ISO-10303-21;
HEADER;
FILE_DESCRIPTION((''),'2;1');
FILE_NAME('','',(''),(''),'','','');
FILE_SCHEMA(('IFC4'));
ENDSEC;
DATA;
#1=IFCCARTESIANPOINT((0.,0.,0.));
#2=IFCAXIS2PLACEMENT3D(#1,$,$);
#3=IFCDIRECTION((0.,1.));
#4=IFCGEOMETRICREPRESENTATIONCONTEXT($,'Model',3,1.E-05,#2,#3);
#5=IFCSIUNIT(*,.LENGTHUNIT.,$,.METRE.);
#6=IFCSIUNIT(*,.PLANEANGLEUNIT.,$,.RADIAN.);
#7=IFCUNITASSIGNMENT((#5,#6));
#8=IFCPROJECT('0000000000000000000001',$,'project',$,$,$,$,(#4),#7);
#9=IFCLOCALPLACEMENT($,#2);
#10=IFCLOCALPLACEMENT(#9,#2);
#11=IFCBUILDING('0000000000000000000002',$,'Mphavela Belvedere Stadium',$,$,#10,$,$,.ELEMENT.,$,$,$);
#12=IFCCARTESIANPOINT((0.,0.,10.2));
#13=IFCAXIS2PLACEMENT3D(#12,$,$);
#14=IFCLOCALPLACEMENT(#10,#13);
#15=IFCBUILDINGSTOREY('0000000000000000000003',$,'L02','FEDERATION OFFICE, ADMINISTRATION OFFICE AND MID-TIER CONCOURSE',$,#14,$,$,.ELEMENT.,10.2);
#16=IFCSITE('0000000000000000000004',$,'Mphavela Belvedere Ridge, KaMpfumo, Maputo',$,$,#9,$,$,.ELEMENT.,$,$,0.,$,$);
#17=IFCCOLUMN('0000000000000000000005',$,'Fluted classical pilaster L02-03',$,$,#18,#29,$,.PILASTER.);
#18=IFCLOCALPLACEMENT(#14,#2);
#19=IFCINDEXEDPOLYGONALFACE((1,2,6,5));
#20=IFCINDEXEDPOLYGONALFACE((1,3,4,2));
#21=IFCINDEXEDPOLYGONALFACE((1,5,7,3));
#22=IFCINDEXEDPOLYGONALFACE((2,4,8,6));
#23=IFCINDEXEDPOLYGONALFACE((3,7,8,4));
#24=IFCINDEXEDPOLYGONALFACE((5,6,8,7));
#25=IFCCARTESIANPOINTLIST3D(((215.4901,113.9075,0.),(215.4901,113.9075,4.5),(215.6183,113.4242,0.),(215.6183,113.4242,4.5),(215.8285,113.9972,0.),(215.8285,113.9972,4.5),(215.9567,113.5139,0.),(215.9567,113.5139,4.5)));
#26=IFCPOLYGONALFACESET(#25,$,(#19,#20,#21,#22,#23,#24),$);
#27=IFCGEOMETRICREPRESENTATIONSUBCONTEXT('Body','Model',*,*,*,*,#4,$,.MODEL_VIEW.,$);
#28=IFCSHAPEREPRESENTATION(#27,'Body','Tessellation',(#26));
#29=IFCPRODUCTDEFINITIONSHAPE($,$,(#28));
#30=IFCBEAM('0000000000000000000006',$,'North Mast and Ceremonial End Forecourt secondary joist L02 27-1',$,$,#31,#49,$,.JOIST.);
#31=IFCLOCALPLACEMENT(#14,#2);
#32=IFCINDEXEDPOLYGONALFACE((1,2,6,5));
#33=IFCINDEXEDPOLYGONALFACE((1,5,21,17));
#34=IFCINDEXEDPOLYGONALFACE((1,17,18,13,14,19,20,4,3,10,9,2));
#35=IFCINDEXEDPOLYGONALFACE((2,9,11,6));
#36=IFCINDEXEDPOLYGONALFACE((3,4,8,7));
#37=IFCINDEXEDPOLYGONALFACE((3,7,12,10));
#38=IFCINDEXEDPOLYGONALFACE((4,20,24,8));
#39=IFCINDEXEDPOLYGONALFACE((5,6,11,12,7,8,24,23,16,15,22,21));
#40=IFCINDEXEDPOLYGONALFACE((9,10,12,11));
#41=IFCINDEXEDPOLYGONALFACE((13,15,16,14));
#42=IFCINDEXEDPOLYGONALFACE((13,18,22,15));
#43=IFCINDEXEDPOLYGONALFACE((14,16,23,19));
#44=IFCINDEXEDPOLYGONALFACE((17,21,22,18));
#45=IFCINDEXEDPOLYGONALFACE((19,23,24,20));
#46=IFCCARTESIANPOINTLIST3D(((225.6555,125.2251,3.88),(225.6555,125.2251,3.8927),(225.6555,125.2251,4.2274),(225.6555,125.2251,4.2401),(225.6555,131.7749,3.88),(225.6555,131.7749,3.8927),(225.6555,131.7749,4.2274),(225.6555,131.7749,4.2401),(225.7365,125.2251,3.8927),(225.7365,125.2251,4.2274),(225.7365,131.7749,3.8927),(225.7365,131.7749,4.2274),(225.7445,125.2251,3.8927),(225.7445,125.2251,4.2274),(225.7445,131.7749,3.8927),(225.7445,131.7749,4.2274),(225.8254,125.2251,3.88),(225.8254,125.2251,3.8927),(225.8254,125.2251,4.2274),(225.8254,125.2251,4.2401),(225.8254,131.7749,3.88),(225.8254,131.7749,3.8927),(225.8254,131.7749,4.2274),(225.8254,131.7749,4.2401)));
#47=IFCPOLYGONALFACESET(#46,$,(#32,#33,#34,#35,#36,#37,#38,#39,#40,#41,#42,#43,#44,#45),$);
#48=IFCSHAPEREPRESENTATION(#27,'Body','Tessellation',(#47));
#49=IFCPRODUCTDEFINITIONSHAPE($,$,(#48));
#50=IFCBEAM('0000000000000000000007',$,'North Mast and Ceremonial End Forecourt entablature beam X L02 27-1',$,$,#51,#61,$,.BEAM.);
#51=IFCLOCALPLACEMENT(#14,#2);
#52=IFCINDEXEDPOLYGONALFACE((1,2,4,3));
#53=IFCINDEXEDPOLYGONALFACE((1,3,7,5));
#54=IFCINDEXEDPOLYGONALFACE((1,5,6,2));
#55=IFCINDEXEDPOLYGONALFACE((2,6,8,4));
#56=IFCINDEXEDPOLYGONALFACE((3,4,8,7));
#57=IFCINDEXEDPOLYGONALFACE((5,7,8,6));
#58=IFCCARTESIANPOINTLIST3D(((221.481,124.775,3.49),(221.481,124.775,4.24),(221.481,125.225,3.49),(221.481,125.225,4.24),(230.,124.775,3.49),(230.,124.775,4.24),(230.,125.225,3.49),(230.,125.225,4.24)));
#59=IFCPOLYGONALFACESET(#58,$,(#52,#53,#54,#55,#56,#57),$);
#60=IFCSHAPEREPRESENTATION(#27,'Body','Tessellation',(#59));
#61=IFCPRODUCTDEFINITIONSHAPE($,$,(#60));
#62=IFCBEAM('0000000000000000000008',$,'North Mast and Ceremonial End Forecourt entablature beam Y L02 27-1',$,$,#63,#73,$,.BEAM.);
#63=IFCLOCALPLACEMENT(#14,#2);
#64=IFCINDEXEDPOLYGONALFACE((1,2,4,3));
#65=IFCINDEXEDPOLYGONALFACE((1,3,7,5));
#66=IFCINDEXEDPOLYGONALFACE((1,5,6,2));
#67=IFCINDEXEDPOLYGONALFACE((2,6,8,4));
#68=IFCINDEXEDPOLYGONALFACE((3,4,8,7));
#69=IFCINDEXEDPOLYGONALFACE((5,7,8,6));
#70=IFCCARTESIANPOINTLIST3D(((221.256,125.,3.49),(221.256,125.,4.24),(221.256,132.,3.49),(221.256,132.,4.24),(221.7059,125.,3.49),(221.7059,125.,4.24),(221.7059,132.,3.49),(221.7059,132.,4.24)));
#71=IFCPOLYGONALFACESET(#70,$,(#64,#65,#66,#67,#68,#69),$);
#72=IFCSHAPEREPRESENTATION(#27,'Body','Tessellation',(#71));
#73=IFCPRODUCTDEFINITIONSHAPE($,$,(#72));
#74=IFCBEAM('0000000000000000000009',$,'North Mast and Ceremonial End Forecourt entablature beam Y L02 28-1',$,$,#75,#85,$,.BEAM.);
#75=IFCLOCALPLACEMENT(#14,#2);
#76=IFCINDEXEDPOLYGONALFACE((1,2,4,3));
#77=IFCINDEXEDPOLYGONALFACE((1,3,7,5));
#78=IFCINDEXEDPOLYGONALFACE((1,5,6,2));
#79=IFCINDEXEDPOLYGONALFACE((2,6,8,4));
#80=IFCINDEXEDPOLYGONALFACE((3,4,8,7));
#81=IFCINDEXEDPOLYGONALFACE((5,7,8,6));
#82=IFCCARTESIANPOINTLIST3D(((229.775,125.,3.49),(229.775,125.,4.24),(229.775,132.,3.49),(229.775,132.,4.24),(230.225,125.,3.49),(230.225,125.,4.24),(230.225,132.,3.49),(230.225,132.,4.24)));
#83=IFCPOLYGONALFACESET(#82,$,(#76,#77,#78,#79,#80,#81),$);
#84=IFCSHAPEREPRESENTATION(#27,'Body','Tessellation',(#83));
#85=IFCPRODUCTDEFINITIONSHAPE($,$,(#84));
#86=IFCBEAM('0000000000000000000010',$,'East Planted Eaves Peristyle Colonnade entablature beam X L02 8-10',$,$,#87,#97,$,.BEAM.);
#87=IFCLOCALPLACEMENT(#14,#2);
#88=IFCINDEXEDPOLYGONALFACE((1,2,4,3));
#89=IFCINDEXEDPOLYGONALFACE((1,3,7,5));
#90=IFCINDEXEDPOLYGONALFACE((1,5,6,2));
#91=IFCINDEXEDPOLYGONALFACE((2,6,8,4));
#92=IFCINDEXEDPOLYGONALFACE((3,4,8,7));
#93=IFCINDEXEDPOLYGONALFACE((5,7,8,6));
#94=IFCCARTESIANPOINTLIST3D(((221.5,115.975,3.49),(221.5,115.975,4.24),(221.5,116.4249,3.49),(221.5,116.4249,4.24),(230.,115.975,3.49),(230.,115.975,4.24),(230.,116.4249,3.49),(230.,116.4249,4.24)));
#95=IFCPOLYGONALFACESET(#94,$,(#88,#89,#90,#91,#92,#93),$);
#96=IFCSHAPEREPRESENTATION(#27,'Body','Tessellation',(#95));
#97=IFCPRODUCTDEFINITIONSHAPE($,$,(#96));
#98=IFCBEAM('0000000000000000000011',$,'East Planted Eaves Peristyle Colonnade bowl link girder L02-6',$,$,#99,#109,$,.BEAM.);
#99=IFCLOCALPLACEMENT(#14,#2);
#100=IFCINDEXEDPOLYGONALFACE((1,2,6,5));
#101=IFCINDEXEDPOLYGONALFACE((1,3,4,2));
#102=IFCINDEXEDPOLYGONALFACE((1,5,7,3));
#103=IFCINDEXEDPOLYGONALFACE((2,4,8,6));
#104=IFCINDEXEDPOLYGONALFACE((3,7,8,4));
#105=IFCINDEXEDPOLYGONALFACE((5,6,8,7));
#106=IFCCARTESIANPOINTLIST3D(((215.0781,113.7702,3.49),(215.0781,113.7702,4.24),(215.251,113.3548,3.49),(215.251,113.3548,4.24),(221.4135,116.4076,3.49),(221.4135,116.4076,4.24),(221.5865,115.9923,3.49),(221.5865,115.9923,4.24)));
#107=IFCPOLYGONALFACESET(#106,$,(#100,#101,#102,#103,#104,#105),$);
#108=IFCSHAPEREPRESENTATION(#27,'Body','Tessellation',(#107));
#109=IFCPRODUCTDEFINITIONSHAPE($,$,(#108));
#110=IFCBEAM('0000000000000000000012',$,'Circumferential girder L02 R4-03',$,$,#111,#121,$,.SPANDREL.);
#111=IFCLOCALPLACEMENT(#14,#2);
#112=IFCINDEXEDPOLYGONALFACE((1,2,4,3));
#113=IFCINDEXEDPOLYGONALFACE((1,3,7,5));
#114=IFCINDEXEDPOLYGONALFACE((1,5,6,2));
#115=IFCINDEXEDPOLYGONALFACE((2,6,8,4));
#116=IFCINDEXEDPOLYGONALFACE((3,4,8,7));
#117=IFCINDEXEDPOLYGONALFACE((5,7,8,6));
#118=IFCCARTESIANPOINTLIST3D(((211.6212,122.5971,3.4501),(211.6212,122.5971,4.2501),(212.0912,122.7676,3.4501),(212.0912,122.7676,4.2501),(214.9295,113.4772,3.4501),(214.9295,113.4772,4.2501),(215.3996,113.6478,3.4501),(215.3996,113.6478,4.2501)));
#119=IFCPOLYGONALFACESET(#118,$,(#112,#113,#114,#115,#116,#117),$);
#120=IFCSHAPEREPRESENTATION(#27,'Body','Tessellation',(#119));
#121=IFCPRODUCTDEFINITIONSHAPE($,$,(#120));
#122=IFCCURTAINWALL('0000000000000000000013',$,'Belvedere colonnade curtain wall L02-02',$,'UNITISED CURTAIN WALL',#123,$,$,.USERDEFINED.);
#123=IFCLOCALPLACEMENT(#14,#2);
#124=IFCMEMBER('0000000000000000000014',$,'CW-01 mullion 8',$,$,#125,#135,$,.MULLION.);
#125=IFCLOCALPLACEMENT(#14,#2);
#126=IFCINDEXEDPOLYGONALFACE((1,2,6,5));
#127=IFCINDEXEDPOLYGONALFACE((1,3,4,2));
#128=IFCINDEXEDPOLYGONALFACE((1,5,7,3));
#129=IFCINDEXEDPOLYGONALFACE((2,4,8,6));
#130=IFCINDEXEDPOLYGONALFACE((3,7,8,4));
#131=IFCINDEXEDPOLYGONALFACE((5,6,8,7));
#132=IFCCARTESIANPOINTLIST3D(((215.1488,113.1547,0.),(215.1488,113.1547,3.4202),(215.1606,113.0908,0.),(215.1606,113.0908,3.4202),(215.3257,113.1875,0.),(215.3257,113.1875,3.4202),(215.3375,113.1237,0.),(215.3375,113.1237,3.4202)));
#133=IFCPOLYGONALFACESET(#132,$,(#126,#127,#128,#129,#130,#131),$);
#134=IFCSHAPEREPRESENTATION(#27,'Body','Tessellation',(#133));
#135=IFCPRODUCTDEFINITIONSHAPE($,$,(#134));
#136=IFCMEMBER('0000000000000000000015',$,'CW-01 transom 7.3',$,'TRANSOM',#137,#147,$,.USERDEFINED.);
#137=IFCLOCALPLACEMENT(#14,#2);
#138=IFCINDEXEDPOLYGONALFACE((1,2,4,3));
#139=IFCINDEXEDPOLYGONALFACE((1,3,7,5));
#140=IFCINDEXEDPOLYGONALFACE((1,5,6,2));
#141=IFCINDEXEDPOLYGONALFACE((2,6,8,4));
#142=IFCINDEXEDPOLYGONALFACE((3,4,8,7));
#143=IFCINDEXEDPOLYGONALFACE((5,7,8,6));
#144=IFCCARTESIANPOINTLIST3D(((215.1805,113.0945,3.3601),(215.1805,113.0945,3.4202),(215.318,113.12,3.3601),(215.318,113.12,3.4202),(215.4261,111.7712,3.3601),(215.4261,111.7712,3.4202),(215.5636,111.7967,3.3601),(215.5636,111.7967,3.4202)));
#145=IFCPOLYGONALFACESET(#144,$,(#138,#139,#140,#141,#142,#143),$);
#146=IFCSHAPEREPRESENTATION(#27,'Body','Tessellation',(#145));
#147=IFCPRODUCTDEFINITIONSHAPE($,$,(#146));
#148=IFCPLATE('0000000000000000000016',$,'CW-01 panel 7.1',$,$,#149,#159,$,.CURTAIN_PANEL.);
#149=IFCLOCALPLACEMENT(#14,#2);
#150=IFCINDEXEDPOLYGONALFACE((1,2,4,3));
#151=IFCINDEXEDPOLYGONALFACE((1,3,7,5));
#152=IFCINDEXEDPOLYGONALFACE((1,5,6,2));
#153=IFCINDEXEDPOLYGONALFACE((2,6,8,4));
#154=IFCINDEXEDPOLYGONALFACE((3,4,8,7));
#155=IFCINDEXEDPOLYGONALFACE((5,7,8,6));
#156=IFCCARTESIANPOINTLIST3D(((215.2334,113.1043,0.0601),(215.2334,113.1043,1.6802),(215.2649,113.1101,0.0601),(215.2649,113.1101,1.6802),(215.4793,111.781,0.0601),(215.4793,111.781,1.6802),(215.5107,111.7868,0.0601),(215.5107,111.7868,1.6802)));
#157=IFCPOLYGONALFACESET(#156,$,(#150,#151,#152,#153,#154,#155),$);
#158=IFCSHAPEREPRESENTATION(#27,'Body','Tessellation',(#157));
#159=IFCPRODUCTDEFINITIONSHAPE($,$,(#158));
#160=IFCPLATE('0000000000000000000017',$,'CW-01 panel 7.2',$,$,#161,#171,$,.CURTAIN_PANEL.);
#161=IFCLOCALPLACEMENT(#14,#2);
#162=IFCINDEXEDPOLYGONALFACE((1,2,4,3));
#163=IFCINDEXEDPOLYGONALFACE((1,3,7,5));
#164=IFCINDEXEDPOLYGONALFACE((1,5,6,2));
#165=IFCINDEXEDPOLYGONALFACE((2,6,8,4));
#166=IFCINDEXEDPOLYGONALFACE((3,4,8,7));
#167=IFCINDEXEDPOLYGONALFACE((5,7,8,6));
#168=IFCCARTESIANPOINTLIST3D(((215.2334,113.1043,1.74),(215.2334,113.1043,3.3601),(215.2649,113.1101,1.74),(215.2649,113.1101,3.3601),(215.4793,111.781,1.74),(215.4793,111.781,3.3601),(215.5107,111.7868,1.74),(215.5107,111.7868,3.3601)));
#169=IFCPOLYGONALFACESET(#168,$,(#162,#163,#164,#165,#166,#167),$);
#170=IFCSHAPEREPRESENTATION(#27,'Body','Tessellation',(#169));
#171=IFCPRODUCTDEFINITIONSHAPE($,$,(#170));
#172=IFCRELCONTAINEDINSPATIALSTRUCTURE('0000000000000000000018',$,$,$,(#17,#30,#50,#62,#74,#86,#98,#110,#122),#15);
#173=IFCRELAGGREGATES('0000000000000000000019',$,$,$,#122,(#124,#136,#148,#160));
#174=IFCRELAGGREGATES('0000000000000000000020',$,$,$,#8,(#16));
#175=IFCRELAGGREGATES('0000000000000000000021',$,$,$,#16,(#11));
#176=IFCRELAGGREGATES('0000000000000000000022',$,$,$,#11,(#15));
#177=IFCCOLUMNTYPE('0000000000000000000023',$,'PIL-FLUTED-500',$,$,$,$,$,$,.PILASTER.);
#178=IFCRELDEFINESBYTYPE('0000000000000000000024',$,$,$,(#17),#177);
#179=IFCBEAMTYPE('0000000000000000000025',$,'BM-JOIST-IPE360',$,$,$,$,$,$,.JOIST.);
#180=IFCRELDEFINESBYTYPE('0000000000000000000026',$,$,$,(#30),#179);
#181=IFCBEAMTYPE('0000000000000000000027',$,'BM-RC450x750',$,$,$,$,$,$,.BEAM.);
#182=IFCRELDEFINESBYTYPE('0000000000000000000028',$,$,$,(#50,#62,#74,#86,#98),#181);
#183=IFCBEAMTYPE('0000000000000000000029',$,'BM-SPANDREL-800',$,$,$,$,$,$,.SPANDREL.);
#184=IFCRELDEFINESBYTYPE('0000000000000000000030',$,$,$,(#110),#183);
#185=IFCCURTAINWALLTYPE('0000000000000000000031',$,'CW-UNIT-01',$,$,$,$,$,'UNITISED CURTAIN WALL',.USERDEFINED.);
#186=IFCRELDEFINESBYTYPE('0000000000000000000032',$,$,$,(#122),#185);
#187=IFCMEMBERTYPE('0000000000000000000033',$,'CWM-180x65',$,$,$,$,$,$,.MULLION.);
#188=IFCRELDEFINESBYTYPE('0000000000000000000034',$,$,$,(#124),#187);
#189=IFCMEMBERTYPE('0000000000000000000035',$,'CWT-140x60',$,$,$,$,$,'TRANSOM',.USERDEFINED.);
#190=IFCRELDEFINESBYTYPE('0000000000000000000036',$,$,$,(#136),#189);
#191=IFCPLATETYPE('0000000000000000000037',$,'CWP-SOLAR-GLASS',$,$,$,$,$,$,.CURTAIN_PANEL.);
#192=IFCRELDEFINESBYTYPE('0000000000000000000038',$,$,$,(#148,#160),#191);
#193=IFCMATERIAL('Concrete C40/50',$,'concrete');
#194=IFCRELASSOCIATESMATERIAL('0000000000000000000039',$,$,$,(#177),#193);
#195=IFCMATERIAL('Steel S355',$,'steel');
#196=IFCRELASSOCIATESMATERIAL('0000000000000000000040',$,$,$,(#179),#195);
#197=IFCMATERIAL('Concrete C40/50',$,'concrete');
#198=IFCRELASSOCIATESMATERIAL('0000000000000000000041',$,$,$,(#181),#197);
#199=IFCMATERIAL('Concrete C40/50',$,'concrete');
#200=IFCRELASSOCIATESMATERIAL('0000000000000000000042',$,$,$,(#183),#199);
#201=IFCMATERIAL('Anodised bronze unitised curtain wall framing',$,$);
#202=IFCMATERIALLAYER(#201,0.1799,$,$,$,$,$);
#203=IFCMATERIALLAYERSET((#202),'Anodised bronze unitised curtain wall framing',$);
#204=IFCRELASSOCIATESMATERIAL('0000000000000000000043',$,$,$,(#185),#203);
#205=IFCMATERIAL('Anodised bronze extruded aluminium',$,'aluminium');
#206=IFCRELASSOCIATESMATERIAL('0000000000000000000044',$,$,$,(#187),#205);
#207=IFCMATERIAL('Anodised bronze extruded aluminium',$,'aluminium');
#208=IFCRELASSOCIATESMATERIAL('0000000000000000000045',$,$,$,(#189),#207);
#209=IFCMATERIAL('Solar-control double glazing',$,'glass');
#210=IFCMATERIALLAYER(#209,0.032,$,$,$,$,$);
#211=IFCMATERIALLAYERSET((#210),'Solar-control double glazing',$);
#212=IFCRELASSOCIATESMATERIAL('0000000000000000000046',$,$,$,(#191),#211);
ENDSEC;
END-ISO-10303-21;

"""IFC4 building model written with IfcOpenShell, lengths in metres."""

from ifc_helpers import new_model, si_unit, direction, frame, origin, origin_2d, place, context, subcontext, project, spatial, rectangle, i_section, extrude, material, layer, layer_set, material_profile, profile_set, type_object, element, aggregate, save


model = new_model("IFC4")

# Units and contexts
model_context = context("Model", 3, precision=1e-05, world=origin(), true_north=direction((0.0, 1.0)))
body_context = subcontext(model_context, "Body", "Model", "MODEL_VIEW")
ifc_project = project(units=[si_unit("LENGTHUNIT", "METRE"), si_unit("PLANEANGLEUNIT", "RADIAN")], contexts=[model_context])

# Site, building, storey
site_placement = place(None, origin())
site = spatial("IfcSite", under=ifc_project, at=site_placement, Name="Mphavela Belvedere Ridge, KaMpfumo, Maputo", CompositionType="ELEMENT", RefElevation=0.0)
building_placement = place(site_placement, origin())
building = spatial("IfcBuilding", under=site, at=building_placement, Name="Mphavela Belvedere Stadium", CompositionType="ELEMENT")
storey_placement = place(building_placement, frame((0.0, 0.0, 10.2)))
storey = spatial("IfcBuildingStorey", under=building, at=storey_placement, Name="L02", Description="FEDERATION OFFICE, ADMINISTRATION OFFICE AND MID-TIER CONCOURSE", CompositionType="ELEMENT", Elevation=10.2)

# Column
ifc_material_1 = material(Name="Concrete C40/50", Category="concrete")
ifc_material_profile_1 = material_profile(ifc_material_1, rectangle(XDim=0.5, YDim=0.3501, at=origin_2d()), Name="PIL 500x350")
ifc_profile_set_1 = profile_set([ifc_material_profile_1], Name="Concrete C40/50")
column_type_1 = type_object("IfcColumnType", Name="PIL-FLUTED-500", PredefinedType="PILASTER", material=ifc_profile_set_1)
column_1_placement = place(storey_placement, frame((215.7234, 113.7107, 0.0), z_axis=(0.0, 0.0, 1.0), x_axis=(-0.256289, 0.9666, 0.0)))
element("IfcColumn", 1, at=column_1_placement, inside=storey, type_object=column_type_1, Name="Fluted classical pilaster L02-03", PredefinedType="PILASTER", context=body_context, shape_type="SweptSolid", body=[
    extrude(rectangle(XDim=0.5, YDim=0.3501, at=origin_2d()), origin(), (0.0, 0.0, 1.0), 4.5),
])

# Beams
ifc_material_2 = material(Name="Steel S355", Category="steel")
ifc_material_profile_2 = material_profile(ifc_material_2, i_section(OverallWidth=0.1699, OverallDepth=0.3601, WebThickness=0.0081, FlangeThickness=0.0127, at=origin_2d()), Name="IPE 360")
ifc_profile_set_2 = profile_set([ifc_material_profile_2], Name="Steel S355")
beam_type_1 = type_object("IfcBeamType", Name="BM-JOIST-IPE360", PredefinedType="JOIST", material=ifc_profile_set_2)
beam_1_placement = place(storey_placement, frame((225.7405, 125.2251, 4.0601), z_axis=(0.0, 1.0, 0.0), x_axis=(-1.0, 0.0, 0.0)))
element("IfcBeam", 2, at=beam_1_placement, inside=storey, type_object=beam_type_1, Name="North Mast and Ceremonial End Forecourt secondary joist L02 27-1", PredefinedType="JOIST", context=body_context, shape_type="SweptSolid", body=[
    extrude(i_section(OverallWidth=0.1699, OverallDepth=0.3601, WebThickness=0.0081, FlangeThickness=0.0127, at=origin_2d()), origin(), (0.0, 0.0, 1.0), 6.5498),
])
ifc_material_3 = material(Name="Concrete C40/50", Category="concrete")
ifc_material_profile_3 = material_profile(ifc_material_3, rectangle(XDim=0.45, YDim=0.75, at=origin_2d()), Name="RC 450x750")
ifc_profile_set_3 = profile_set([ifc_material_profile_3], Name="Concrete C40/50")
beam_type_2 = type_object("IfcBeamType", Name="BM-RC450x750", PredefinedType="BEAM", material=ifc_profile_set_3)
beam_2_placement = place(storey_placement, frame((221.481, 125.0, 3.865), z_axis=(1.0, 0.0, 0.0), x_axis=(0.0, 1.0, 0.0)))
element("IfcBeam", 3, at=beam_2_placement, inside=storey, type_object=beam_type_2, Name="North Mast and Ceremonial End Forecourt entablature beam X L02 27-1", PredefinedType="BEAM", context=body_context, shape_type="SweptSolid", body=[
    extrude(rectangle(XDim=0.45, YDim=0.75, at=origin_2d()), origin(), (0.0, 0.0, 1.0), 8.519),
])
for number, where, z_axis, x_axis, name in (
    (4, (221.481, 125.0, 3.865), (0.0, 1.0, 0.0), (-1.0, 0.0, 0.0), "North Mast and Ceremonial End Forecourt entablature beam Y L02 27-1"),
    (5, (230.0, 125.0, 3.865), (0.0, 1.0, 0.0), (-1.0, 0.0, 0.0), "North Mast and Ceremonial End Forecourt entablature beam Y L02 28-1"),
):
    element("IfcBeam", number, at=place(storey_placement, frame(where, z_axis=z_axis, x_axis=x_axis)), inside=storey, type_object=beam_type_2, Name=name, PredefinedType="BEAM", context=body_context, shape_type="SweptSolid", body=[
        extrude(rectangle(XDim=0.45, YDim=0.75, at=origin_2d()), origin(), (0.0, 0.0, 1.0), 7.0),
    ])
beam_3_placement = place(storey_placement, frame((221.5, 116.2, 3.865), z_axis=(1.0, 0.0, 0.0), x_axis=(0.0, 1.0, 0.0)))
element("IfcBeam", 6, at=beam_3_placement, inside=storey, type_object=beam_type_2, Name="East Planted Eaves Peristyle Colonnade entablature beam X L02 8-10", PredefinedType="BEAM", context=body_context, shape_type="SweptSolid", body=[
    extrude(rectangle(XDim=0.45, YDim=0.75, at=origin_2d()), origin(), (0.0, 0.0, 1.0), 8.5),
])
beam_4_placement = place(storey_placement, frame((221.5, 116.2, 3.865), z_axis=(-0.923197, -0.384327, 0.0), x_axis=(0.384327, -0.923197, 0.0)))
element("IfcBeam", 7, at=beam_4_placement, inside=storey, type_object=beam_type_2, Name="East Planted Eaves Peristyle Colonnade bowl link girder L02-6", PredefinedType="BEAM", context=body_context, shape_type="SweptSolid", body=[
    extrude(rectangle(XDim=0.45, YDim=0.75, at=origin_2d()), origin(), (0.0, 0.0, 1.0), 6.8625),
])
ifc_material_4 = material(Name="Concrete C40/50", Category="concrete")
ifc_material_profile_4 = material_profile(ifc_material_4, rectangle(XDim=0.5, YDim=0.8, at=origin_2d()), Name="RC 500x800")
ifc_profile_set_4 = profile_set([ifc_material_profile_4], Name="Concrete C40/50")
beam_type_3 = type_object("IfcBeamType", Name="BM-SPANDREL-800", PredefinedType="SPANDREL", material=ifc_profile_set_4)
beam_5_placement = place(storey_placement, frame((215.1646, 113.5625, 3.8501), z_axis=(-0.341018, 0.940057, 0.0), x_axis=(-0.940057, -0.341018, 0.0)))
element("IfcBeam", 8, at=beam_5_placement, inside=storey, type_object=beam_type_3, Name="Circumferential girder L02 R4-03", PredefinedType="SPANDREL", context=body_context, shape_type="SweptSolid", body=[
    extrude(rectangle(XDim=0.5, YDim=0.8, at=origin_2d()), origin(), (0.0, 0.0, 1.0), 9.7014),
])

# Curtain wall, members, plates
ifc_material_5 = material(Name="Anodised bronze unitised curtain wall framing")
ifc_layer_1 = layer(ifc_material_5, 0.1799)
ifc_layer_set_1 = layer_set([ifc_layer_1], Name="Anodised bronze unitised curtain wall framing")
curtain_wall_type = type_object("IfcCurtainWallType", Name="CW-UNIT-01", ElementType="UNITISED CURTAIN WALL", PredefinedType="USERDEFINED", material=ifc_layer_set_1)
curtain_wall_placement = place(storey_placement, origin())
curtain_wall = element("IfcCurtainWall", 9, at=curtain_wall_placement, inside=storey, type_object=curtain_wall_type, Name="Belvedere colonnade curtain wall L02-02", ObjectType="UNITISED CURTAIN WALL", PredefinedType="USERDEFINED")
ifc_material_6 = material(Name="Anodised bronze extruded aluminium", Category="aluminium")
ifc_material_profile_5 = material_profile(ifc_material_6, rectangle(XDim=0.1799, YDim=0.0649, at=origin_2d()), Name="CW-MUL 180x65")
ifc_profile_set_5 = profile_set([ifc_material_profile_5], Name="Anodised bronze extruded aluminium")
member_type_1 = type_object("IfcMemberType", Name="CWM-180x65", PredefinedType="MULLION", material=ifc_profile_set_5)
member_1_placement = place(storey_placement, frame((215.2432, 113.1392, 0.0), z_axis=(0.0, 0.0, 1.0), x_axis=(-0.983183, -0.182625, 0.0)))
member_1 = element("IfcMember", 10, at=member_1_placement, type_object=member_type_1, Name="CW-01 mullion 8", PredefinedType="MULLION", context=body_context, shape_type="SweptSolid", body=[
    extrude(rectangle(XDim=0.1799, YDim=0.0649, at=origin_2d()), origin(), (0.0, 0.0, 1.0), 3.4202),
])
ifc_material_7 = material(Name="Anodised bronze extruded aluminium", Category="aluminium")
ifc_material_profile_6 = material_profile(ifc_material_7, rectangle(XDim=0.1399, YDim=0.0601, at=origin_2d()), Name="CW-TRN 140x60")
ifc_profile_set_6 = profile_set([ifc_material_profile_6], Name="Anodised bronze extruded aluminium")
member_type_2 = type_object("IfcMemberType", Name="CWT-140x60", ElementType="TRANSOM", PredefinedType="USERDEFINED", material=ifc_profile_set_6)
member_2_placement = place(storey_placement, frame((215.4949, 111.7839, 3.3901), z_axis=(-0.182492, 0.983207, 0.0), x_axis=(-0.983207, -0.182492, 0.0)))
member_2 = element("IfcMember", 11, at=member_2_placement, type_object=member_type_2, Name="CW-01 transom 7.3", ObjectType="TRANSOM", PredefinedType="USERDEFINED", context=body_context, shape_type="SweptSolid", body=[
    extrude(rectangle(XDim=0.1399, YDim=0.0601, at=origin_2d()), origin(), (0.0, 0.0, 1.0), 1.3459),
])
ifc_material_8 = material(Name="Solar-control double glazing", Category="glass")
ifc_layer_2 = layer(ifc_material_8, 0.032)
ifc_layer_set_2 = layer_set([ifc_layer_2], Name="Solar-control double glazing")
plate_type = type_object("IfcPlateType", Name="CWP-SOLAR-GLASS", PredefinedType="CURTAIN_PANEL", material=ifc_layer_set_2)
plate_1_placement = place(storey_placement, frame((215.3721, 112.4456, 0.0601), z_axis=(0.0, 0.0, 1.0), x_axis=(-0.182625, 0.983183, 0.0)))
plate_1 = element("IfcPlate", 12, at=plate_1_placement, type_object=plate_type, Name="CW-01 panel 7.1", PredefinedType="CURTAIN_PANEL", context=body_context, shape_type="SweptSolid", body=[
    extrude(rectangle(XDim=1.3459, YDim=0.032, at=origin_2d()), origin(), (0.0, 0.0, 1.0), 1.6201),
])
plate_2_placement = place(storey_placement, frame((215.3721, 112.4456, 1.74), z_axis=(0.0, 0.0, 1.0), x_axis=(-0.182625, 0.983183, 0.0)))
plate_2 = element("IfcPlate", 13, at=plate_2_placement, type_object=plate_type, Name="CW-01 panel 7.2", PredefinedType="CURTAIN_PANEL", context=body_context, shape_type="SweptSolid", body=[
    extrude(rectangle(XDim=1.3459, YDim=0.032, at=origin_2d()), origin(), (0.0, 0.0, 1.0), 1.6201),
])
aggregate(curtain_wall, [member_1, member_2, plate_1, plate_2])

save(model, "model.ifc")
